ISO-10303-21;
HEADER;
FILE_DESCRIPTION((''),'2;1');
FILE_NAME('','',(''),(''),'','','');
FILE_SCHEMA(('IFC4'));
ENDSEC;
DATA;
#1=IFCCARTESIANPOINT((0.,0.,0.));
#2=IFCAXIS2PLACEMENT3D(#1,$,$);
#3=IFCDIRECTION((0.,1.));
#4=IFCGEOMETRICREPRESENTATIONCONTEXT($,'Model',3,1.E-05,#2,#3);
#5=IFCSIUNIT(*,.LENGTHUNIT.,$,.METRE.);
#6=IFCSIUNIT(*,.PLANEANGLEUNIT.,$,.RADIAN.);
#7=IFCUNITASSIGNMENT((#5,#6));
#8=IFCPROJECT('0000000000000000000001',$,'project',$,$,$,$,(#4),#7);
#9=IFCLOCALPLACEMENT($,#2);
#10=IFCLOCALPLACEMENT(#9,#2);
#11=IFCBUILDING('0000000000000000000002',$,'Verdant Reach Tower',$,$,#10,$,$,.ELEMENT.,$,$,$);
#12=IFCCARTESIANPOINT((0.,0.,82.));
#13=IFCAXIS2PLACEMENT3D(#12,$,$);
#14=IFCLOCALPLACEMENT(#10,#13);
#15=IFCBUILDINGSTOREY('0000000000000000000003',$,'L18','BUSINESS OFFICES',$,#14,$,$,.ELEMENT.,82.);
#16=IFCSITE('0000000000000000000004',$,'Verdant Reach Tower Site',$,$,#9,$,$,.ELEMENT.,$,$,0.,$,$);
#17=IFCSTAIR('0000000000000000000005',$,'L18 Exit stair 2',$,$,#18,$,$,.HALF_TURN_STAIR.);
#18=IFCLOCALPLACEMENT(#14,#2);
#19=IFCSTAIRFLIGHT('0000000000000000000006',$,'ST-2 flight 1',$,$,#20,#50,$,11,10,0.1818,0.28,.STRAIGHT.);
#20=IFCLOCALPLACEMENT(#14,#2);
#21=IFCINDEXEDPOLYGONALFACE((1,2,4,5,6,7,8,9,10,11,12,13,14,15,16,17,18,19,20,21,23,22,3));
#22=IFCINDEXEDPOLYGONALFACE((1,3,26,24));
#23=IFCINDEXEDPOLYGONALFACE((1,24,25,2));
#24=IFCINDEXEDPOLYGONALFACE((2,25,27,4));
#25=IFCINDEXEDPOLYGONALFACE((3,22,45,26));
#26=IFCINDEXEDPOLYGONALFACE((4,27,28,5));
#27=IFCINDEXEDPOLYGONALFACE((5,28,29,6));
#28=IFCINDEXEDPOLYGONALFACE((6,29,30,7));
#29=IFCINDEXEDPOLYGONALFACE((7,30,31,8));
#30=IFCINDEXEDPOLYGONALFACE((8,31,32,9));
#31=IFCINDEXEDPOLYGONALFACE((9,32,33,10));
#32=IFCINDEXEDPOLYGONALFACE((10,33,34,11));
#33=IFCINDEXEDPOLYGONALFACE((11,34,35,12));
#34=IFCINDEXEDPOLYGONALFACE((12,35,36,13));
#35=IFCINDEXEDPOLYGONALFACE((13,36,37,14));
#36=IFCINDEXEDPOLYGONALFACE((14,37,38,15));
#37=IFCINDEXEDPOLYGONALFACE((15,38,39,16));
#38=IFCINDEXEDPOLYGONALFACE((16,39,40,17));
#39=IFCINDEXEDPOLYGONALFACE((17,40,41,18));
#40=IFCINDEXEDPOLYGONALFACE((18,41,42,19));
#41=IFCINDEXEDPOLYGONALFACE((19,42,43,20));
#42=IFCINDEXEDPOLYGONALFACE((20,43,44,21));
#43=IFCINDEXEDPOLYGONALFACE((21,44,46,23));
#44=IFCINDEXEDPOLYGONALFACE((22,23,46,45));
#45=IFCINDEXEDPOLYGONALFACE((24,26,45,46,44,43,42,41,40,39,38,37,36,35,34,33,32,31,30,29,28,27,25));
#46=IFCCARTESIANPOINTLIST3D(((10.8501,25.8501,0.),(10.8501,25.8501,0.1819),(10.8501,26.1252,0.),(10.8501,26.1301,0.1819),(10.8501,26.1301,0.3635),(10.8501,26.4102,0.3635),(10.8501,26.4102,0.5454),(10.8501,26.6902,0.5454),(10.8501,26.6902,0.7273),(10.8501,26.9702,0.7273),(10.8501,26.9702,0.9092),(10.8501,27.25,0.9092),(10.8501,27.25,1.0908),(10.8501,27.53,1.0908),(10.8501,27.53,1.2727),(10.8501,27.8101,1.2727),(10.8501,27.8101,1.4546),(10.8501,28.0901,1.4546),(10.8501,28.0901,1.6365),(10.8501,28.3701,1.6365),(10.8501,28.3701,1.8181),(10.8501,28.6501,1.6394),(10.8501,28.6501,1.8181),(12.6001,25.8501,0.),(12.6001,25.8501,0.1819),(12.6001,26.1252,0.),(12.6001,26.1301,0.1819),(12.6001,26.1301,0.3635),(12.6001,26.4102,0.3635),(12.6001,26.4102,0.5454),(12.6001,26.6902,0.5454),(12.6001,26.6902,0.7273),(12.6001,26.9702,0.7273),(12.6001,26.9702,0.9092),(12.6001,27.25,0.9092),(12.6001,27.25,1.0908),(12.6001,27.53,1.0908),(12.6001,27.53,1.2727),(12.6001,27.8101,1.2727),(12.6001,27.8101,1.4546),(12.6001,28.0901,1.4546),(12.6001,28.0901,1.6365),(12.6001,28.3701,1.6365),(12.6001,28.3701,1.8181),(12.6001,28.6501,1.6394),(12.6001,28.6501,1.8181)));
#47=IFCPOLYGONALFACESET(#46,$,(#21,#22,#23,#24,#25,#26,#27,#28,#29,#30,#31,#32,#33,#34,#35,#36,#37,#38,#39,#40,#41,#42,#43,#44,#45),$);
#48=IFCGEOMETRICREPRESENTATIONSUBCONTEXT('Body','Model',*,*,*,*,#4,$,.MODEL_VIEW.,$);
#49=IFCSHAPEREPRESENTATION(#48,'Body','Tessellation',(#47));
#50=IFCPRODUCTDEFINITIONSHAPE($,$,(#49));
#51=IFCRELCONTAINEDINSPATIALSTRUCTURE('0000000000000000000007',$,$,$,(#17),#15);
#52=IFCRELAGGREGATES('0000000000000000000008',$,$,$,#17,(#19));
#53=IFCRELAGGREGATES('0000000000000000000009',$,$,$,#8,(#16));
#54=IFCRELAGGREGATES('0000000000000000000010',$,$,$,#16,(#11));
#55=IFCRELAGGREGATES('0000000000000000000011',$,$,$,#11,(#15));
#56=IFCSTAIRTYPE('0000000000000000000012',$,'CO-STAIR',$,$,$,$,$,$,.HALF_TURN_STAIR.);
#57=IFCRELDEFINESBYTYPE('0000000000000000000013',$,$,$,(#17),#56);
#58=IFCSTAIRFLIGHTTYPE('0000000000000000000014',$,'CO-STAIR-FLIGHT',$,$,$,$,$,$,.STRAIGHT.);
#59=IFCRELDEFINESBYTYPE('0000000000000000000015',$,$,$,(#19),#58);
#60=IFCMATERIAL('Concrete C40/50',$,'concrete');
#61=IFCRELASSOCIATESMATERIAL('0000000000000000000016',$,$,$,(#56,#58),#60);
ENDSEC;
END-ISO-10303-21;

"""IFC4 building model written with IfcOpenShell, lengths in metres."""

from ifc_helpers import new_model, si_unit, direction, frame, origin, place, context, subcontext, project, spatial, polyline, outline, extrude, material, type_object, element, aggregate, save


model = new_model("IFC4")

# Units and contexts
model_context = context("Model", 3, precision=1e-05, world=origin(), true_north=direction((0.0, 1.0)))
body_context = subcontext(model_context, "Body", "Model", "MODEL_VIEW")
ifc_project = project(units=[si_unit("LENGTHUNIT", "METRE"), si_unit("PLANEANGLEUNIT", "RADIAN")], contexts=[model_context])

# Site, building, storey
site_placement = place(None, origin())
site = spatial("IfcSite", under=ifc_project, at=site_placement, Name="Verdant Reach Tower Site", CompositionType="ELEMENT", RefElevation=0.0)
building_placement = place(site_placement, origin())
building = spatial("IfcBuilding", under=site, at=building_placement, Name="Verdant Reach Tower", CompositionType="ELEMENT")
storey_placement = place(building_placement, frame((0.0, 0.0, 82.0)))
storey = spatial("IfcBuildingStorey", under=building, at=storey_placement, Name="L18", Description="BUSINESS OFFICES", CompositionType="ELEMENT", Elevation=82.0)

# Shared definitions
ifc_material_1 = material(Name="Concrete C40/50", Category="concrete")

# Stair, stair flight
stair_type = type_object("IfcStairType", Name="CO-STAIR", PredefinedType="HALF_TURN_STAIR", material=ifc_material_1)
stair_placement = place(storey_placement, origin())
stair = element("IfcStair", 1, at=stair_placement, inside=storey, type_object=stair_type, Name="L18 Exit stair 2", PredefinedType="HALF_TURN_STAIR")
stair_flight_type = type_object("IfcStairFlightType", Name="CO-STAIR-FLIGHT", PredefinedType="STRAIGHT", material=ifc_material_1)
stair_flight_placement = place(storey_placement, frame((11.7251, 25.8501, 0.0), z_axis=(0.0, 0.0, 1.0), x_axis=(0.0, 1.0, 0.0)))
stair_flight = element("IfcStairFlight", 2, at=stair_flight_placement, type_object=stair_flight_type, Name="ST-2 flight 1", NumberOfRisers=11, NumberOfTreads=10, PredefinedType="STRAIGHT", RiserHeight=0.1818, TreadLength=0.28, context=body_context, shape_type="SweptSolid", body=[
    extrude(outline(polyline([(0.0, 0.0), (0.0, 0.1819), (0.28, 0.1819), (0.28, 0.3635), (0.5601, 0.3635), (0.5601, 0.5454), (0.8401, 0.5454), (0.8401, 0.7273), (1.1201, 0.7273), (1.1201, 0.9092), (1.3999, 0.9092), (1.3999, 1.0908), (1.6799, 1.0908), (1.6799, 1.2727), (1.96, 1.2727), (1.96, 1.4546), (2.24, 1.4546), (2.24, 1.6365), (2.52, 1.6365), (2.52, 1.8181), (2.8, 1.8181), (2.8, 2.0), (2.8, 1.6394), (0.2751, 0.0), (0.0, 0.0)])), frame((0.0, 0.875, 0.0), z_axis=(0.0, -1.0, 0.0), x_axis=(1.0, 0.0, 0.0)), (0.0, 0.0, 1.0), 1.75),
])
aggregate(stair, [stair_flight])

save(model, "model.ifc")
